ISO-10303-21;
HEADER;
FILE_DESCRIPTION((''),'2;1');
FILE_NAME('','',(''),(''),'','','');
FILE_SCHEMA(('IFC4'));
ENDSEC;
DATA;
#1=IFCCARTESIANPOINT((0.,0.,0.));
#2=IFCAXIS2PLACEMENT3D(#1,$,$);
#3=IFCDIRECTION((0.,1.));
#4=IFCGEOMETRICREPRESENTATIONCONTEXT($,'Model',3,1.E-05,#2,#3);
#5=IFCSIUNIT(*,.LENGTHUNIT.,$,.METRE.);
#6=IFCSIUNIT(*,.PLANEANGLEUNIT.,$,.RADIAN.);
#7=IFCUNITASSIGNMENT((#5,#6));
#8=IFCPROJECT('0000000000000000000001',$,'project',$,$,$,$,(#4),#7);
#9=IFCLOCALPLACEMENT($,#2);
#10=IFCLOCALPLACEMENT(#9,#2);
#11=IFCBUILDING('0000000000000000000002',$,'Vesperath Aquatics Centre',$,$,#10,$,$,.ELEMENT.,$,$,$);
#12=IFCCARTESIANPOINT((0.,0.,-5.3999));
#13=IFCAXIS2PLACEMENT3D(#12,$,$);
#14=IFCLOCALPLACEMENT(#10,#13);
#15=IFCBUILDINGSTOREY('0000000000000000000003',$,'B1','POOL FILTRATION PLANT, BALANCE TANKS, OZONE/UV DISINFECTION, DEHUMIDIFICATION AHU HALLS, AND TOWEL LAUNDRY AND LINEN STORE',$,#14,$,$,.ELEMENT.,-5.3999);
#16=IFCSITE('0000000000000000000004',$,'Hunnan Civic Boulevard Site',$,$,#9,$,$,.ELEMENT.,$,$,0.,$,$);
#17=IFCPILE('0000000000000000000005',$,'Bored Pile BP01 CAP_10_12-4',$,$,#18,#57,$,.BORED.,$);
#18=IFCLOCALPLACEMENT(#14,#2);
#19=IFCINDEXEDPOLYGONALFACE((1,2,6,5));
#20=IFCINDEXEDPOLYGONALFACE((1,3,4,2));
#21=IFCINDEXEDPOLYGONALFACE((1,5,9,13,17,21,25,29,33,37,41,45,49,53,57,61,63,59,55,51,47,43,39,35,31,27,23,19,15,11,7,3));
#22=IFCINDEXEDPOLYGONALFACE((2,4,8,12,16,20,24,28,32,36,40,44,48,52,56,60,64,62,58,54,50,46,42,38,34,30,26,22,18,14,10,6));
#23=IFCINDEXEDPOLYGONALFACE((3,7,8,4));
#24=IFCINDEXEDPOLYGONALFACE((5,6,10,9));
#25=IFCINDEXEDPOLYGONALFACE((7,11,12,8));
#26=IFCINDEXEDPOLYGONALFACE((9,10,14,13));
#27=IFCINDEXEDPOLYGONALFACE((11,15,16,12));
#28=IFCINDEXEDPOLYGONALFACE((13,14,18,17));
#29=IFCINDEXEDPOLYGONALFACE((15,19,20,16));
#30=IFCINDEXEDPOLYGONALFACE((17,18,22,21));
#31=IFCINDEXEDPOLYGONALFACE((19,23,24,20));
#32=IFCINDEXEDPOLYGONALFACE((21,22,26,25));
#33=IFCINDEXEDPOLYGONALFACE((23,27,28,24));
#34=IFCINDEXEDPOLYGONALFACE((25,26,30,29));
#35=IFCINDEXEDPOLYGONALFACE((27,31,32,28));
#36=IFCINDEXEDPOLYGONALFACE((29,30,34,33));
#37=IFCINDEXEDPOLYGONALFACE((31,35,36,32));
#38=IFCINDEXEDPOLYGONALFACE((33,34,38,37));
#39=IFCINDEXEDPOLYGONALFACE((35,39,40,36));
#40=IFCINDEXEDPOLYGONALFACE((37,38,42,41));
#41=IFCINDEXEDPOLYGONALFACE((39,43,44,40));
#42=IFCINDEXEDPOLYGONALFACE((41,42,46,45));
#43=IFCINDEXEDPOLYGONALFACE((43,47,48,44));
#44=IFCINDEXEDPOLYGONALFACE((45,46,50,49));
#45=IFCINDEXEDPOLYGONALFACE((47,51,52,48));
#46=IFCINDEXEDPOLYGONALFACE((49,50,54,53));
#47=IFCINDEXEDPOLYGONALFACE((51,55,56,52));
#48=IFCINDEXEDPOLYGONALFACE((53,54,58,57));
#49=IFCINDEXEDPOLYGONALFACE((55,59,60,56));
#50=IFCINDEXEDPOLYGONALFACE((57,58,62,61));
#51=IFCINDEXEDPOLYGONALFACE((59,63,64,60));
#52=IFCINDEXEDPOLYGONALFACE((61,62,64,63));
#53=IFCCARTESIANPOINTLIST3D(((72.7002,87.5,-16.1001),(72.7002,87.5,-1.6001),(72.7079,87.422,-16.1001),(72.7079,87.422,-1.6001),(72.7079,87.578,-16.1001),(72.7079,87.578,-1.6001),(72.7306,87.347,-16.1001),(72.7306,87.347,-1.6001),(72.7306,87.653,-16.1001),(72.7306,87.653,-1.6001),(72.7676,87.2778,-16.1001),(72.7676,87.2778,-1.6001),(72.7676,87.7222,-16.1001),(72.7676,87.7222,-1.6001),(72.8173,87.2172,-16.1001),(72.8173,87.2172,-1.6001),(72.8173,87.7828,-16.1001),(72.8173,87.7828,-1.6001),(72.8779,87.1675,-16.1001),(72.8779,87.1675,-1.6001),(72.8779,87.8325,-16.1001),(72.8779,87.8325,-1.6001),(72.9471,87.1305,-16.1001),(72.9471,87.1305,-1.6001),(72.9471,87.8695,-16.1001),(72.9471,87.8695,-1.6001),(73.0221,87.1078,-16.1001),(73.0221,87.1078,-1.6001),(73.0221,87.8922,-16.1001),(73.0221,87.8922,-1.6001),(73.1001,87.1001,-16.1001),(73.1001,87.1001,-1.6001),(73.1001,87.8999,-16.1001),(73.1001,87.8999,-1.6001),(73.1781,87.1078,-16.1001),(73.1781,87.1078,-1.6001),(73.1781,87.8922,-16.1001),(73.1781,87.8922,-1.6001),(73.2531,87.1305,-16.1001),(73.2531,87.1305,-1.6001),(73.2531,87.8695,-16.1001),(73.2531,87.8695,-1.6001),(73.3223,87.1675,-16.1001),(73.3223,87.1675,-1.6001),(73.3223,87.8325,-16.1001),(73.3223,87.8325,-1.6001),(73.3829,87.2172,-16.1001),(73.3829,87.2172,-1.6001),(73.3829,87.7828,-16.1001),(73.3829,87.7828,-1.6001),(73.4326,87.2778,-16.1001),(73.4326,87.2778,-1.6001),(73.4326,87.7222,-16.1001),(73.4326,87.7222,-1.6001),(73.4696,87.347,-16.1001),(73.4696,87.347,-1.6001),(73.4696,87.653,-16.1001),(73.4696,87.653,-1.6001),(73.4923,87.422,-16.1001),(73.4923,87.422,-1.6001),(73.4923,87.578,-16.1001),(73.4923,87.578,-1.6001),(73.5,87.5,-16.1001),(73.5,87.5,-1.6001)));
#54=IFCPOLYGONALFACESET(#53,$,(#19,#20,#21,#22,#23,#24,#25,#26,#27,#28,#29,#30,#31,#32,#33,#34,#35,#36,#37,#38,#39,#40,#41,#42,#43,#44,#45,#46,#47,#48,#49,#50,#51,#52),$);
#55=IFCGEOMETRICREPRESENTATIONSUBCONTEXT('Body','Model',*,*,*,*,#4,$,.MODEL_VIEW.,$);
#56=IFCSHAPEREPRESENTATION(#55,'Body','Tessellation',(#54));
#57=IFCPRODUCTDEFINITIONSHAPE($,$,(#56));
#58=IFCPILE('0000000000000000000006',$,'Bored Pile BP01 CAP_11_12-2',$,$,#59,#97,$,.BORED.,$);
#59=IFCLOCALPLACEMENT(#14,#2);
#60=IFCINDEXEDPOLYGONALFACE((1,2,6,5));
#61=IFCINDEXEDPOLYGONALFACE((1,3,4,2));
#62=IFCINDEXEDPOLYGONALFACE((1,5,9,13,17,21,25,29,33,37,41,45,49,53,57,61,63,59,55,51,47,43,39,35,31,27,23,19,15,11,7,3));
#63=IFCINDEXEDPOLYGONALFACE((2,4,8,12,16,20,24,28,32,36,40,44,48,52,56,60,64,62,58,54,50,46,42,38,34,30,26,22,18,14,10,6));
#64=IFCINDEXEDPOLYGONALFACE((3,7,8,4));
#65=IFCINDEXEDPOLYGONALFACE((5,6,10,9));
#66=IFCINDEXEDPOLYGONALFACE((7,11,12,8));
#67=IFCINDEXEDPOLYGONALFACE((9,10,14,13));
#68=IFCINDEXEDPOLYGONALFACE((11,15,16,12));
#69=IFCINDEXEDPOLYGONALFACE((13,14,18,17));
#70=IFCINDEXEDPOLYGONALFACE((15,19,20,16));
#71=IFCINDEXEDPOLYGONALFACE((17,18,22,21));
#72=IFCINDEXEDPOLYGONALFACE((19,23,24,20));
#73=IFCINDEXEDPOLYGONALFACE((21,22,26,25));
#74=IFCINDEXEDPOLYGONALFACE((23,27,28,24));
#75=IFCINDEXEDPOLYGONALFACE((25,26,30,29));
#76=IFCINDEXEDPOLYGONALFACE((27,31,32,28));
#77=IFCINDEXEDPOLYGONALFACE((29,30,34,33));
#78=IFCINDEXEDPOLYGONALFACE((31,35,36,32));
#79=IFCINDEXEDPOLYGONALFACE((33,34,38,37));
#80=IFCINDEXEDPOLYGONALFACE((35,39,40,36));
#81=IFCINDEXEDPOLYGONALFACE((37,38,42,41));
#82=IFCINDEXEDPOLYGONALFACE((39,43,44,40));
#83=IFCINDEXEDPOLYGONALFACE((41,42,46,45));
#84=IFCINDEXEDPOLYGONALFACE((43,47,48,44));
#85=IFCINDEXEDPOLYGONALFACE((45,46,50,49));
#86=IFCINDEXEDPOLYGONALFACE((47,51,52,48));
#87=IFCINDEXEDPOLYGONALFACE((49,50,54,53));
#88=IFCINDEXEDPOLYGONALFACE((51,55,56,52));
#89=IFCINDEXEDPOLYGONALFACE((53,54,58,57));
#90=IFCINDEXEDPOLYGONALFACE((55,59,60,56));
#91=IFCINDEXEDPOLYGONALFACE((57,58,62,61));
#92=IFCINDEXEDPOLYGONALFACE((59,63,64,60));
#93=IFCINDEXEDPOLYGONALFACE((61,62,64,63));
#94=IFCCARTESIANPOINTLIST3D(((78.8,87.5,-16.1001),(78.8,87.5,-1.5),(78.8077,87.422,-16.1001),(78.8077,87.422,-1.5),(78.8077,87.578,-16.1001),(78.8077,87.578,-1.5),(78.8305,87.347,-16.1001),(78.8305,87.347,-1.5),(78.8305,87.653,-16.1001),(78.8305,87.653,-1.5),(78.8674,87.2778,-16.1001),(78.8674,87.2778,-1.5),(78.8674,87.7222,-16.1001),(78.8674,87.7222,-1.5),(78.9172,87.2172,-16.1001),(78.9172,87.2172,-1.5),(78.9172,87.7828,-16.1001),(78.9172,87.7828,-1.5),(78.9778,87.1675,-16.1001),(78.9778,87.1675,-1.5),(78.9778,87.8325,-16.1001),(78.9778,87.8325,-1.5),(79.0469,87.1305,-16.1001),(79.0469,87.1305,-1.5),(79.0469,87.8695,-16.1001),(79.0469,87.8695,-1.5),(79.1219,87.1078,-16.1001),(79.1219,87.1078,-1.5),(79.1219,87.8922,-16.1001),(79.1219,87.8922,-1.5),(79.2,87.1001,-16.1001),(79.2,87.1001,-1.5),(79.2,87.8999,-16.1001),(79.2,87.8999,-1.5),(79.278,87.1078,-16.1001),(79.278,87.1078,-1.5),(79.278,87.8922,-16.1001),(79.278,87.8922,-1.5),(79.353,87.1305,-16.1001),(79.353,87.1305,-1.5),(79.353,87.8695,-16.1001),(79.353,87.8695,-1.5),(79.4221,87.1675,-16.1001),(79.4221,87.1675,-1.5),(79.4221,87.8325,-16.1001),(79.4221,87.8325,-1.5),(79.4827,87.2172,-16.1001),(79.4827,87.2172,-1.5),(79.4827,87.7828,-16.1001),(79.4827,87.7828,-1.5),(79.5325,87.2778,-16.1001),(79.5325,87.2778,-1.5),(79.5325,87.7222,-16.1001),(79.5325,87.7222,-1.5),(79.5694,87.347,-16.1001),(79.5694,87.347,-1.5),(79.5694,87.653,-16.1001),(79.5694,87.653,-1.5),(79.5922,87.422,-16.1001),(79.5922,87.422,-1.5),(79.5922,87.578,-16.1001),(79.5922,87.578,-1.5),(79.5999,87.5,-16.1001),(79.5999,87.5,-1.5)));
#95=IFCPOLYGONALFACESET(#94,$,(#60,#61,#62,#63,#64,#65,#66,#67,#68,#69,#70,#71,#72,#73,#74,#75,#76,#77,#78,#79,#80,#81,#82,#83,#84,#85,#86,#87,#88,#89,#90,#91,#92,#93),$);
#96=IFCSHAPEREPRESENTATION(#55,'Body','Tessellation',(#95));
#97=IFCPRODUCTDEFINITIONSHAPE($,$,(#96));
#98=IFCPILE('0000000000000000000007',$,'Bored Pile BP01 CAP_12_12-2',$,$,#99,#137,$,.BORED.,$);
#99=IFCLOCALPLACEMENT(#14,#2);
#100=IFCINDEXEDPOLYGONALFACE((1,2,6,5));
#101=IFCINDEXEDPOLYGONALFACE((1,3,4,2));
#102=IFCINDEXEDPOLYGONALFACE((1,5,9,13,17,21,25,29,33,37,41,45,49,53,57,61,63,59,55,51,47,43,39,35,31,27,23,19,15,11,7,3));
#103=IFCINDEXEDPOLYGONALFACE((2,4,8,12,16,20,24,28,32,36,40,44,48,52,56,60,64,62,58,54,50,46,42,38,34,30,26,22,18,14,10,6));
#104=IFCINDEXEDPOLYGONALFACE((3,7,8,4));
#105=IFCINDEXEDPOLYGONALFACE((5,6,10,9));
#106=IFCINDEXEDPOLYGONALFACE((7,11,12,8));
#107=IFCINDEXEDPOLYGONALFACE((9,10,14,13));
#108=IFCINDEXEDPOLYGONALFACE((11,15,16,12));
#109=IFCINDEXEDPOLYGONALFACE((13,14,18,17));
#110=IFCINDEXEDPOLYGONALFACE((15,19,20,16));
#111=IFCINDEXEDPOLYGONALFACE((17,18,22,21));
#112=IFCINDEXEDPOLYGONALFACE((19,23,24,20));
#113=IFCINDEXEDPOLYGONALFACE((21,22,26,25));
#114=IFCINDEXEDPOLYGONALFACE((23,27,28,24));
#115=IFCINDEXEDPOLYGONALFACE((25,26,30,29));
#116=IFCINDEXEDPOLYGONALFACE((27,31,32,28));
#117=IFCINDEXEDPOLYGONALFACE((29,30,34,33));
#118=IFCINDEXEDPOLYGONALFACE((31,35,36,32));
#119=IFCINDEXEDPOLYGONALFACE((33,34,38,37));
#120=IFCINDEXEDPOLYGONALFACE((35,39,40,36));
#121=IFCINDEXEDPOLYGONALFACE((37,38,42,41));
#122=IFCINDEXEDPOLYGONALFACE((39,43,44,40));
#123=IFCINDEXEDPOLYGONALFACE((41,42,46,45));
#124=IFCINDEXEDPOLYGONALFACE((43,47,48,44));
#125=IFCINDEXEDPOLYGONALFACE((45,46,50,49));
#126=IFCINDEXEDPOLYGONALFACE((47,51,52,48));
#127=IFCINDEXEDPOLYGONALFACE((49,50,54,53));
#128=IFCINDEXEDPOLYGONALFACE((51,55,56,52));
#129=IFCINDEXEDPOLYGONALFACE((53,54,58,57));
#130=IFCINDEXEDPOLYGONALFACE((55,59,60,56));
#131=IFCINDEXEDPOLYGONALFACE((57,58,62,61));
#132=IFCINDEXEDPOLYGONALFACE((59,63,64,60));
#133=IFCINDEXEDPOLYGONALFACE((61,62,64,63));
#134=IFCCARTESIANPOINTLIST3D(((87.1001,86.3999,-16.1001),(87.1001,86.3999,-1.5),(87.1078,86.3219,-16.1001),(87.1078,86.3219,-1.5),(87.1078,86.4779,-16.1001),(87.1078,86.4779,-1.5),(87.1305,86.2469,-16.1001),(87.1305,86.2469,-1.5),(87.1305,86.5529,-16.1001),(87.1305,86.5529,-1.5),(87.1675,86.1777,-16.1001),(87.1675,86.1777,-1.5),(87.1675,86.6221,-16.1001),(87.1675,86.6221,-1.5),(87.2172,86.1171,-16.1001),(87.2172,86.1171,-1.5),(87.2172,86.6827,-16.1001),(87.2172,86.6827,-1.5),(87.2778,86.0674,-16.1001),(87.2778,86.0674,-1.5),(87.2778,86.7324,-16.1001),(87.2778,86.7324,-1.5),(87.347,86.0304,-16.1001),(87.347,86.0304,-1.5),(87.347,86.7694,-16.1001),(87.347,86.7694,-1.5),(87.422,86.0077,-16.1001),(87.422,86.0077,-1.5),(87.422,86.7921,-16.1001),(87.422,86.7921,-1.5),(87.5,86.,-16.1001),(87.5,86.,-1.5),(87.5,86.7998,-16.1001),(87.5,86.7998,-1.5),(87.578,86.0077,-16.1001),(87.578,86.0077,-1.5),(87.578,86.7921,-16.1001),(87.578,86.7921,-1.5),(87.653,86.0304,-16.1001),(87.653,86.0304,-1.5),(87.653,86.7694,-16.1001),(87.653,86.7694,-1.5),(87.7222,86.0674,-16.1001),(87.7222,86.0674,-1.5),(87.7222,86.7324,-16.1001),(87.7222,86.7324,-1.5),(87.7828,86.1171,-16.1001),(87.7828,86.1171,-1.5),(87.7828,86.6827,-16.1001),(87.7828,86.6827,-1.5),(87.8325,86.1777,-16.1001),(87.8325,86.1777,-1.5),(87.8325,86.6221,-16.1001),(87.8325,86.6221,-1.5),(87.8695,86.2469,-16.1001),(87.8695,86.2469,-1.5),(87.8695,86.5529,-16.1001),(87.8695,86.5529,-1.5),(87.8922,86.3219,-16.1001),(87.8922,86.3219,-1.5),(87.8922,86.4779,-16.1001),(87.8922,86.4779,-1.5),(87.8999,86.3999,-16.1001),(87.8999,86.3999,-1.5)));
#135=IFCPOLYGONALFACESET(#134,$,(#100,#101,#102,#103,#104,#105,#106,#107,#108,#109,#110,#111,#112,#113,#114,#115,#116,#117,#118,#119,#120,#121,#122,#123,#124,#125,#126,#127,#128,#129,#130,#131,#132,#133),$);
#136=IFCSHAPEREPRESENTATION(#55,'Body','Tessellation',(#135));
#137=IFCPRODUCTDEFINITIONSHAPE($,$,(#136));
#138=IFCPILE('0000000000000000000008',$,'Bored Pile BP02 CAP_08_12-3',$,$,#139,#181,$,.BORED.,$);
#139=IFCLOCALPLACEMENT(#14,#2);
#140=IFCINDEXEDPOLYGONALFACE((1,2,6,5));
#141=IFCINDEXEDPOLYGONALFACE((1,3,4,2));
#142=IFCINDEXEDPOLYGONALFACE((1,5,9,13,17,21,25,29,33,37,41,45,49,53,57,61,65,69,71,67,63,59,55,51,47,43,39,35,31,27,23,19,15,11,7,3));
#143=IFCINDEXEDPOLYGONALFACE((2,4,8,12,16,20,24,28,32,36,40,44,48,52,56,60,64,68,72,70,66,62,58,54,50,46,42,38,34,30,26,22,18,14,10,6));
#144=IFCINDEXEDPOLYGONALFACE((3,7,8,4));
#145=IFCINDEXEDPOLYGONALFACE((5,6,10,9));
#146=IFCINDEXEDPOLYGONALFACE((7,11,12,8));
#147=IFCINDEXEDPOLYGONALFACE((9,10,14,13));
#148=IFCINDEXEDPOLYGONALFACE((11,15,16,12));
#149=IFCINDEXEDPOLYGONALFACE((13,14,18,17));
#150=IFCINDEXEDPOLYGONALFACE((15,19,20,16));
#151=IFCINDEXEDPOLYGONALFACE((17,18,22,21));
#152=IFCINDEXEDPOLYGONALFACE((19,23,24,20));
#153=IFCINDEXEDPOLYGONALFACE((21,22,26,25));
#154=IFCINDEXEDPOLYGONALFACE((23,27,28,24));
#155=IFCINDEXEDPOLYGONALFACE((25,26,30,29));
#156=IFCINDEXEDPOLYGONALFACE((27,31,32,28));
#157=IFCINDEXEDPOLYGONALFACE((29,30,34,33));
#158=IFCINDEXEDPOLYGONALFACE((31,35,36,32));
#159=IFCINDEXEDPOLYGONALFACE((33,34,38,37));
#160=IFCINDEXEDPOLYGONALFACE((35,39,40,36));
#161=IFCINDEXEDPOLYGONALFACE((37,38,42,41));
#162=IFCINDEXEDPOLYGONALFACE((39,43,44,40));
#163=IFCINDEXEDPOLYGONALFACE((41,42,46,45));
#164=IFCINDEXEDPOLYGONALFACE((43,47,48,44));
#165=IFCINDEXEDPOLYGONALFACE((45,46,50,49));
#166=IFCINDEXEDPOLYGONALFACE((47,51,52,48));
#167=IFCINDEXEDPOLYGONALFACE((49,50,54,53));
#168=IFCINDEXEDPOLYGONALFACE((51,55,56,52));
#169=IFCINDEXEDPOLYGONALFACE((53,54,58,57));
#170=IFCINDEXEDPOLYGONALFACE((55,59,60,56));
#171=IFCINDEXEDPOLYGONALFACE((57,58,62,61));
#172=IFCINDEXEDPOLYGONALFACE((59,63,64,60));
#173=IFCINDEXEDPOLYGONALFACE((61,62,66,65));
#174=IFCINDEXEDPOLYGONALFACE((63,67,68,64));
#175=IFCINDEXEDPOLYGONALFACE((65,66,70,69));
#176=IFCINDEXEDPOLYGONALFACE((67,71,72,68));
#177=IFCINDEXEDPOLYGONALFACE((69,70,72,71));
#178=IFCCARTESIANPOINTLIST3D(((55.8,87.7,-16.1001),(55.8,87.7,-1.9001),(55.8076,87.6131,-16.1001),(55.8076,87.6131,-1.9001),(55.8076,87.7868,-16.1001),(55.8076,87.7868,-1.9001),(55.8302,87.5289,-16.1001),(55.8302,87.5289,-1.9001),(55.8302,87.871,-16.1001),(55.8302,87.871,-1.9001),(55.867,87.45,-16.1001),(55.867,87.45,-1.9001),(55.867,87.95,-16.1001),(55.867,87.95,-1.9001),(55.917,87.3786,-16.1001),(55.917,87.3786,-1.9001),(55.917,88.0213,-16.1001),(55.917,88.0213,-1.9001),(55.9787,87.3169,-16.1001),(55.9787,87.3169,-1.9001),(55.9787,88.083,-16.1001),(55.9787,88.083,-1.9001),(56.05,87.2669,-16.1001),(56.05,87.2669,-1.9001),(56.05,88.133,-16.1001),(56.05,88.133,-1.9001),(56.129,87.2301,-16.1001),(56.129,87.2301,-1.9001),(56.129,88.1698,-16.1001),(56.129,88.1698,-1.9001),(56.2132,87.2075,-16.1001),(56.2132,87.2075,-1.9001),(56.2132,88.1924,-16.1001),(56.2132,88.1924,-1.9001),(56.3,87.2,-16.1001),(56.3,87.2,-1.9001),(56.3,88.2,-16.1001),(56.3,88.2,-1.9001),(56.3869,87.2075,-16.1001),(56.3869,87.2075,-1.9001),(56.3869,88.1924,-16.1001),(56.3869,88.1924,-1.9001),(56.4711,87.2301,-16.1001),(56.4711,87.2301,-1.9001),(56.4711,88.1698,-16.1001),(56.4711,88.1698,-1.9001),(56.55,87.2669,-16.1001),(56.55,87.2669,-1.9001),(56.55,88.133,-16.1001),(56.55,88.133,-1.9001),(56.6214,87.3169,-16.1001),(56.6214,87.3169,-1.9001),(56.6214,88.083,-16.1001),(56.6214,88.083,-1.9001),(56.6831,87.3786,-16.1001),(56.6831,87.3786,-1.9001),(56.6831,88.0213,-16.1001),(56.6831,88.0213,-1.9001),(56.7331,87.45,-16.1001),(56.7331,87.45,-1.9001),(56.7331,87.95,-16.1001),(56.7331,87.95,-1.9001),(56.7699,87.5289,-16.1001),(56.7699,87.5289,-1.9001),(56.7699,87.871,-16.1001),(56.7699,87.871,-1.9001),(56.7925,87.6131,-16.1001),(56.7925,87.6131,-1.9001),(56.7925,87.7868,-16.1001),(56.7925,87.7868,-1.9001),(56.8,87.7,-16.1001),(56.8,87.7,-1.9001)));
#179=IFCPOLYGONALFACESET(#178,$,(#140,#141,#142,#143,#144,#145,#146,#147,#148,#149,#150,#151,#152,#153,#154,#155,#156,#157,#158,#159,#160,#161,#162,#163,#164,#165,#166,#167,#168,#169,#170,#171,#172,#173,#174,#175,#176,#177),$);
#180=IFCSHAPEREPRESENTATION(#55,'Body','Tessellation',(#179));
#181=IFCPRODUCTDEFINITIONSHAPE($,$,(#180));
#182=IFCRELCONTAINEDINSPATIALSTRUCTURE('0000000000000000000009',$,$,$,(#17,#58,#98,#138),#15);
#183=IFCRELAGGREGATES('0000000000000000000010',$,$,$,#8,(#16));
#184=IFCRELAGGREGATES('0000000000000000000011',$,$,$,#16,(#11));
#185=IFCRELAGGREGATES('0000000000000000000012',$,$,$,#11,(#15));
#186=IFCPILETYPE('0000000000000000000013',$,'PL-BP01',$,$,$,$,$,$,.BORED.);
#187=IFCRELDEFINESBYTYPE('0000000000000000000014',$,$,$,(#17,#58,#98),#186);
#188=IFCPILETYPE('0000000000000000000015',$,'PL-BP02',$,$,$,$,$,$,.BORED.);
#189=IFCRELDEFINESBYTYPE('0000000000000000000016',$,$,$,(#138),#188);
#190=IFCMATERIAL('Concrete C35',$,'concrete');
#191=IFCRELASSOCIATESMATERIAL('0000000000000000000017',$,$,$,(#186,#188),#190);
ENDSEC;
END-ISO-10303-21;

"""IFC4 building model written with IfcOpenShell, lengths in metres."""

from ifc_helpers import new_model, si_unit, direction, frame, origin, origin_2d, place, context, subcontext, project, spatial, circle, extrude, material, material_profile, profile_set, type_object, element, save


model = new_model("IFC4")

# Units and contexts
model_context = context("Model", 3, precision=1e-05, world=origin(), true_north=direction((0.0, 1.0)))
body_context = subcontext(model_context, "Body", "Model", "MODEL_VIEW")
ifc_project = project(units=[si_unit("LENGTHUNIT", "METRE"), si_unit("PLANEANGLEUNIT", "RADIAN")], contexts=[model_context])

# Site, building, storey
site_placement = place(None, origin())
site = spatial("IfcSite", under=ifc_project, at=site_placement, Name="Hunnan Civic Boulevard Site", CompositionType="ELEMENT", RefElevation=0.0)
building_placement = place(site_placement, origin())
building = spatial("IfcBuilding", under=site, at=building_placement, Name="Vesperath Aquatics Centre", CompositionType="ELEMENT")
storey_placement = place(building_placement, frame((0.0, 0.0, -5.3999)))
storey = spatial("IfcBuildingStorey", under=building, at=storey_placement, Name="B1", Description="POOL FILTRATION PLANT, BALANCE TANKS, OZONE/UV DISINFECTION, DEHUMIDIFICATION AHU HALLS, AND TOWEL LAUNDRY AND LINEN STORE", CompositionType="ELEMENT", Elevation=-5.3999)

# Piles
ifc_material_1 = material(Name="Concrete C35", Category="concrete")
ifc_material_profile_1 = material_profile(ifc_material_1, circle(Radius=0.3999, at=origin_2d()), Name="PILE D800")
ifc_profile_set_1 = profile_set([ifc_material_profile_1], Name="Concrete C35")
pile_type_1 = type_object("IfcPileType", Name="PL-BP01", PredefinedType="BORED", material=ifc_profile_set_1)
for number, where, z_axis, x_axis, name in (
    (1, (73.1001, 87.5, -1.6001), (0.0, 0.0, -1.0), (1.0, 0.0, 0.0), "Bored Pile BP01 CAP_10_12-4"),
):
    element("IfcPile", number, at=place(storey_placement, frame(where, z_axis=z_axis, x_axis=x_axis)), inside=storey, type_object=pile_type_1, Name=name, PredefinedType="BORED", context=body_context, shape_type="SweptSolid", body=[
        extrude(circle(Radius=0.3999, at=origin_2d()), origin(), (0.0, 0.0, 1.0), 14.5),
    ])
for number, where, z_axis, x_axis, name in (
    (2, (79.2, 87.5, -1.5), (0.0, 0.0, -1.0), (1.0, 0.0, 0.0), "Bored Pile BP01 CAP_11_12-2"),
    (3, (87.5, 86.3999, -1.5), (0.0, 0.0, -1.0), (1.0, 0.0, 0.0), "Bored Pile BP01 CAP_12_12-2"),
):
    element("IfcPile", number, at=place(storey_placement, frame(where, z_axis=z_axis, x_axis=x_axis)), inside=storey, type_object=pile_type_1, Name=name, PredefinedType="BORED", context=body_context, shape_type="SweptSolid", body=[
        extrude(circle(Radius=0.3999, at=origin_2d()), origin(), (0.0, 0.0, 1.0), 14.6001),
    ])
ifc_material_profile_2 = material_profile(ifc_material_1, circle(Radius=0.5, at=origin_2d()), Name="PILE D1000")
ifc_profile_set_2 = profile_set([ifc_material_profile_2], Name="Concrete C35")
pile_type_2 = type_object("IfcPileType", Name="PL-BP02", PredefinedType="BORED", material=ifc_profile_set_2)
for number, where, z_axis, x_axis, name in (
    (4, (56.3, 87.7, -1.9001), (0.0, 0.0, -1.0), (1.0, 0.0, 0.0), "Bored Pile BP02 CAP_08_12-3"),
):
    element("IfcPile", number, at=place(storey_placement, frame(where, z_axis=z_axis, x_axis=x_axis)), inside=storey, type_object=pile_type_2, Name=name, PredefinedType="BORED", context=body_context, shape_type="SweptSolid", body=[
        extrude(circle(Radius=0.5, at=origin_2d()), origin(), (0.0, 0.0, 1.0), 14.2),
    ])

save(model, "model.ifc")
